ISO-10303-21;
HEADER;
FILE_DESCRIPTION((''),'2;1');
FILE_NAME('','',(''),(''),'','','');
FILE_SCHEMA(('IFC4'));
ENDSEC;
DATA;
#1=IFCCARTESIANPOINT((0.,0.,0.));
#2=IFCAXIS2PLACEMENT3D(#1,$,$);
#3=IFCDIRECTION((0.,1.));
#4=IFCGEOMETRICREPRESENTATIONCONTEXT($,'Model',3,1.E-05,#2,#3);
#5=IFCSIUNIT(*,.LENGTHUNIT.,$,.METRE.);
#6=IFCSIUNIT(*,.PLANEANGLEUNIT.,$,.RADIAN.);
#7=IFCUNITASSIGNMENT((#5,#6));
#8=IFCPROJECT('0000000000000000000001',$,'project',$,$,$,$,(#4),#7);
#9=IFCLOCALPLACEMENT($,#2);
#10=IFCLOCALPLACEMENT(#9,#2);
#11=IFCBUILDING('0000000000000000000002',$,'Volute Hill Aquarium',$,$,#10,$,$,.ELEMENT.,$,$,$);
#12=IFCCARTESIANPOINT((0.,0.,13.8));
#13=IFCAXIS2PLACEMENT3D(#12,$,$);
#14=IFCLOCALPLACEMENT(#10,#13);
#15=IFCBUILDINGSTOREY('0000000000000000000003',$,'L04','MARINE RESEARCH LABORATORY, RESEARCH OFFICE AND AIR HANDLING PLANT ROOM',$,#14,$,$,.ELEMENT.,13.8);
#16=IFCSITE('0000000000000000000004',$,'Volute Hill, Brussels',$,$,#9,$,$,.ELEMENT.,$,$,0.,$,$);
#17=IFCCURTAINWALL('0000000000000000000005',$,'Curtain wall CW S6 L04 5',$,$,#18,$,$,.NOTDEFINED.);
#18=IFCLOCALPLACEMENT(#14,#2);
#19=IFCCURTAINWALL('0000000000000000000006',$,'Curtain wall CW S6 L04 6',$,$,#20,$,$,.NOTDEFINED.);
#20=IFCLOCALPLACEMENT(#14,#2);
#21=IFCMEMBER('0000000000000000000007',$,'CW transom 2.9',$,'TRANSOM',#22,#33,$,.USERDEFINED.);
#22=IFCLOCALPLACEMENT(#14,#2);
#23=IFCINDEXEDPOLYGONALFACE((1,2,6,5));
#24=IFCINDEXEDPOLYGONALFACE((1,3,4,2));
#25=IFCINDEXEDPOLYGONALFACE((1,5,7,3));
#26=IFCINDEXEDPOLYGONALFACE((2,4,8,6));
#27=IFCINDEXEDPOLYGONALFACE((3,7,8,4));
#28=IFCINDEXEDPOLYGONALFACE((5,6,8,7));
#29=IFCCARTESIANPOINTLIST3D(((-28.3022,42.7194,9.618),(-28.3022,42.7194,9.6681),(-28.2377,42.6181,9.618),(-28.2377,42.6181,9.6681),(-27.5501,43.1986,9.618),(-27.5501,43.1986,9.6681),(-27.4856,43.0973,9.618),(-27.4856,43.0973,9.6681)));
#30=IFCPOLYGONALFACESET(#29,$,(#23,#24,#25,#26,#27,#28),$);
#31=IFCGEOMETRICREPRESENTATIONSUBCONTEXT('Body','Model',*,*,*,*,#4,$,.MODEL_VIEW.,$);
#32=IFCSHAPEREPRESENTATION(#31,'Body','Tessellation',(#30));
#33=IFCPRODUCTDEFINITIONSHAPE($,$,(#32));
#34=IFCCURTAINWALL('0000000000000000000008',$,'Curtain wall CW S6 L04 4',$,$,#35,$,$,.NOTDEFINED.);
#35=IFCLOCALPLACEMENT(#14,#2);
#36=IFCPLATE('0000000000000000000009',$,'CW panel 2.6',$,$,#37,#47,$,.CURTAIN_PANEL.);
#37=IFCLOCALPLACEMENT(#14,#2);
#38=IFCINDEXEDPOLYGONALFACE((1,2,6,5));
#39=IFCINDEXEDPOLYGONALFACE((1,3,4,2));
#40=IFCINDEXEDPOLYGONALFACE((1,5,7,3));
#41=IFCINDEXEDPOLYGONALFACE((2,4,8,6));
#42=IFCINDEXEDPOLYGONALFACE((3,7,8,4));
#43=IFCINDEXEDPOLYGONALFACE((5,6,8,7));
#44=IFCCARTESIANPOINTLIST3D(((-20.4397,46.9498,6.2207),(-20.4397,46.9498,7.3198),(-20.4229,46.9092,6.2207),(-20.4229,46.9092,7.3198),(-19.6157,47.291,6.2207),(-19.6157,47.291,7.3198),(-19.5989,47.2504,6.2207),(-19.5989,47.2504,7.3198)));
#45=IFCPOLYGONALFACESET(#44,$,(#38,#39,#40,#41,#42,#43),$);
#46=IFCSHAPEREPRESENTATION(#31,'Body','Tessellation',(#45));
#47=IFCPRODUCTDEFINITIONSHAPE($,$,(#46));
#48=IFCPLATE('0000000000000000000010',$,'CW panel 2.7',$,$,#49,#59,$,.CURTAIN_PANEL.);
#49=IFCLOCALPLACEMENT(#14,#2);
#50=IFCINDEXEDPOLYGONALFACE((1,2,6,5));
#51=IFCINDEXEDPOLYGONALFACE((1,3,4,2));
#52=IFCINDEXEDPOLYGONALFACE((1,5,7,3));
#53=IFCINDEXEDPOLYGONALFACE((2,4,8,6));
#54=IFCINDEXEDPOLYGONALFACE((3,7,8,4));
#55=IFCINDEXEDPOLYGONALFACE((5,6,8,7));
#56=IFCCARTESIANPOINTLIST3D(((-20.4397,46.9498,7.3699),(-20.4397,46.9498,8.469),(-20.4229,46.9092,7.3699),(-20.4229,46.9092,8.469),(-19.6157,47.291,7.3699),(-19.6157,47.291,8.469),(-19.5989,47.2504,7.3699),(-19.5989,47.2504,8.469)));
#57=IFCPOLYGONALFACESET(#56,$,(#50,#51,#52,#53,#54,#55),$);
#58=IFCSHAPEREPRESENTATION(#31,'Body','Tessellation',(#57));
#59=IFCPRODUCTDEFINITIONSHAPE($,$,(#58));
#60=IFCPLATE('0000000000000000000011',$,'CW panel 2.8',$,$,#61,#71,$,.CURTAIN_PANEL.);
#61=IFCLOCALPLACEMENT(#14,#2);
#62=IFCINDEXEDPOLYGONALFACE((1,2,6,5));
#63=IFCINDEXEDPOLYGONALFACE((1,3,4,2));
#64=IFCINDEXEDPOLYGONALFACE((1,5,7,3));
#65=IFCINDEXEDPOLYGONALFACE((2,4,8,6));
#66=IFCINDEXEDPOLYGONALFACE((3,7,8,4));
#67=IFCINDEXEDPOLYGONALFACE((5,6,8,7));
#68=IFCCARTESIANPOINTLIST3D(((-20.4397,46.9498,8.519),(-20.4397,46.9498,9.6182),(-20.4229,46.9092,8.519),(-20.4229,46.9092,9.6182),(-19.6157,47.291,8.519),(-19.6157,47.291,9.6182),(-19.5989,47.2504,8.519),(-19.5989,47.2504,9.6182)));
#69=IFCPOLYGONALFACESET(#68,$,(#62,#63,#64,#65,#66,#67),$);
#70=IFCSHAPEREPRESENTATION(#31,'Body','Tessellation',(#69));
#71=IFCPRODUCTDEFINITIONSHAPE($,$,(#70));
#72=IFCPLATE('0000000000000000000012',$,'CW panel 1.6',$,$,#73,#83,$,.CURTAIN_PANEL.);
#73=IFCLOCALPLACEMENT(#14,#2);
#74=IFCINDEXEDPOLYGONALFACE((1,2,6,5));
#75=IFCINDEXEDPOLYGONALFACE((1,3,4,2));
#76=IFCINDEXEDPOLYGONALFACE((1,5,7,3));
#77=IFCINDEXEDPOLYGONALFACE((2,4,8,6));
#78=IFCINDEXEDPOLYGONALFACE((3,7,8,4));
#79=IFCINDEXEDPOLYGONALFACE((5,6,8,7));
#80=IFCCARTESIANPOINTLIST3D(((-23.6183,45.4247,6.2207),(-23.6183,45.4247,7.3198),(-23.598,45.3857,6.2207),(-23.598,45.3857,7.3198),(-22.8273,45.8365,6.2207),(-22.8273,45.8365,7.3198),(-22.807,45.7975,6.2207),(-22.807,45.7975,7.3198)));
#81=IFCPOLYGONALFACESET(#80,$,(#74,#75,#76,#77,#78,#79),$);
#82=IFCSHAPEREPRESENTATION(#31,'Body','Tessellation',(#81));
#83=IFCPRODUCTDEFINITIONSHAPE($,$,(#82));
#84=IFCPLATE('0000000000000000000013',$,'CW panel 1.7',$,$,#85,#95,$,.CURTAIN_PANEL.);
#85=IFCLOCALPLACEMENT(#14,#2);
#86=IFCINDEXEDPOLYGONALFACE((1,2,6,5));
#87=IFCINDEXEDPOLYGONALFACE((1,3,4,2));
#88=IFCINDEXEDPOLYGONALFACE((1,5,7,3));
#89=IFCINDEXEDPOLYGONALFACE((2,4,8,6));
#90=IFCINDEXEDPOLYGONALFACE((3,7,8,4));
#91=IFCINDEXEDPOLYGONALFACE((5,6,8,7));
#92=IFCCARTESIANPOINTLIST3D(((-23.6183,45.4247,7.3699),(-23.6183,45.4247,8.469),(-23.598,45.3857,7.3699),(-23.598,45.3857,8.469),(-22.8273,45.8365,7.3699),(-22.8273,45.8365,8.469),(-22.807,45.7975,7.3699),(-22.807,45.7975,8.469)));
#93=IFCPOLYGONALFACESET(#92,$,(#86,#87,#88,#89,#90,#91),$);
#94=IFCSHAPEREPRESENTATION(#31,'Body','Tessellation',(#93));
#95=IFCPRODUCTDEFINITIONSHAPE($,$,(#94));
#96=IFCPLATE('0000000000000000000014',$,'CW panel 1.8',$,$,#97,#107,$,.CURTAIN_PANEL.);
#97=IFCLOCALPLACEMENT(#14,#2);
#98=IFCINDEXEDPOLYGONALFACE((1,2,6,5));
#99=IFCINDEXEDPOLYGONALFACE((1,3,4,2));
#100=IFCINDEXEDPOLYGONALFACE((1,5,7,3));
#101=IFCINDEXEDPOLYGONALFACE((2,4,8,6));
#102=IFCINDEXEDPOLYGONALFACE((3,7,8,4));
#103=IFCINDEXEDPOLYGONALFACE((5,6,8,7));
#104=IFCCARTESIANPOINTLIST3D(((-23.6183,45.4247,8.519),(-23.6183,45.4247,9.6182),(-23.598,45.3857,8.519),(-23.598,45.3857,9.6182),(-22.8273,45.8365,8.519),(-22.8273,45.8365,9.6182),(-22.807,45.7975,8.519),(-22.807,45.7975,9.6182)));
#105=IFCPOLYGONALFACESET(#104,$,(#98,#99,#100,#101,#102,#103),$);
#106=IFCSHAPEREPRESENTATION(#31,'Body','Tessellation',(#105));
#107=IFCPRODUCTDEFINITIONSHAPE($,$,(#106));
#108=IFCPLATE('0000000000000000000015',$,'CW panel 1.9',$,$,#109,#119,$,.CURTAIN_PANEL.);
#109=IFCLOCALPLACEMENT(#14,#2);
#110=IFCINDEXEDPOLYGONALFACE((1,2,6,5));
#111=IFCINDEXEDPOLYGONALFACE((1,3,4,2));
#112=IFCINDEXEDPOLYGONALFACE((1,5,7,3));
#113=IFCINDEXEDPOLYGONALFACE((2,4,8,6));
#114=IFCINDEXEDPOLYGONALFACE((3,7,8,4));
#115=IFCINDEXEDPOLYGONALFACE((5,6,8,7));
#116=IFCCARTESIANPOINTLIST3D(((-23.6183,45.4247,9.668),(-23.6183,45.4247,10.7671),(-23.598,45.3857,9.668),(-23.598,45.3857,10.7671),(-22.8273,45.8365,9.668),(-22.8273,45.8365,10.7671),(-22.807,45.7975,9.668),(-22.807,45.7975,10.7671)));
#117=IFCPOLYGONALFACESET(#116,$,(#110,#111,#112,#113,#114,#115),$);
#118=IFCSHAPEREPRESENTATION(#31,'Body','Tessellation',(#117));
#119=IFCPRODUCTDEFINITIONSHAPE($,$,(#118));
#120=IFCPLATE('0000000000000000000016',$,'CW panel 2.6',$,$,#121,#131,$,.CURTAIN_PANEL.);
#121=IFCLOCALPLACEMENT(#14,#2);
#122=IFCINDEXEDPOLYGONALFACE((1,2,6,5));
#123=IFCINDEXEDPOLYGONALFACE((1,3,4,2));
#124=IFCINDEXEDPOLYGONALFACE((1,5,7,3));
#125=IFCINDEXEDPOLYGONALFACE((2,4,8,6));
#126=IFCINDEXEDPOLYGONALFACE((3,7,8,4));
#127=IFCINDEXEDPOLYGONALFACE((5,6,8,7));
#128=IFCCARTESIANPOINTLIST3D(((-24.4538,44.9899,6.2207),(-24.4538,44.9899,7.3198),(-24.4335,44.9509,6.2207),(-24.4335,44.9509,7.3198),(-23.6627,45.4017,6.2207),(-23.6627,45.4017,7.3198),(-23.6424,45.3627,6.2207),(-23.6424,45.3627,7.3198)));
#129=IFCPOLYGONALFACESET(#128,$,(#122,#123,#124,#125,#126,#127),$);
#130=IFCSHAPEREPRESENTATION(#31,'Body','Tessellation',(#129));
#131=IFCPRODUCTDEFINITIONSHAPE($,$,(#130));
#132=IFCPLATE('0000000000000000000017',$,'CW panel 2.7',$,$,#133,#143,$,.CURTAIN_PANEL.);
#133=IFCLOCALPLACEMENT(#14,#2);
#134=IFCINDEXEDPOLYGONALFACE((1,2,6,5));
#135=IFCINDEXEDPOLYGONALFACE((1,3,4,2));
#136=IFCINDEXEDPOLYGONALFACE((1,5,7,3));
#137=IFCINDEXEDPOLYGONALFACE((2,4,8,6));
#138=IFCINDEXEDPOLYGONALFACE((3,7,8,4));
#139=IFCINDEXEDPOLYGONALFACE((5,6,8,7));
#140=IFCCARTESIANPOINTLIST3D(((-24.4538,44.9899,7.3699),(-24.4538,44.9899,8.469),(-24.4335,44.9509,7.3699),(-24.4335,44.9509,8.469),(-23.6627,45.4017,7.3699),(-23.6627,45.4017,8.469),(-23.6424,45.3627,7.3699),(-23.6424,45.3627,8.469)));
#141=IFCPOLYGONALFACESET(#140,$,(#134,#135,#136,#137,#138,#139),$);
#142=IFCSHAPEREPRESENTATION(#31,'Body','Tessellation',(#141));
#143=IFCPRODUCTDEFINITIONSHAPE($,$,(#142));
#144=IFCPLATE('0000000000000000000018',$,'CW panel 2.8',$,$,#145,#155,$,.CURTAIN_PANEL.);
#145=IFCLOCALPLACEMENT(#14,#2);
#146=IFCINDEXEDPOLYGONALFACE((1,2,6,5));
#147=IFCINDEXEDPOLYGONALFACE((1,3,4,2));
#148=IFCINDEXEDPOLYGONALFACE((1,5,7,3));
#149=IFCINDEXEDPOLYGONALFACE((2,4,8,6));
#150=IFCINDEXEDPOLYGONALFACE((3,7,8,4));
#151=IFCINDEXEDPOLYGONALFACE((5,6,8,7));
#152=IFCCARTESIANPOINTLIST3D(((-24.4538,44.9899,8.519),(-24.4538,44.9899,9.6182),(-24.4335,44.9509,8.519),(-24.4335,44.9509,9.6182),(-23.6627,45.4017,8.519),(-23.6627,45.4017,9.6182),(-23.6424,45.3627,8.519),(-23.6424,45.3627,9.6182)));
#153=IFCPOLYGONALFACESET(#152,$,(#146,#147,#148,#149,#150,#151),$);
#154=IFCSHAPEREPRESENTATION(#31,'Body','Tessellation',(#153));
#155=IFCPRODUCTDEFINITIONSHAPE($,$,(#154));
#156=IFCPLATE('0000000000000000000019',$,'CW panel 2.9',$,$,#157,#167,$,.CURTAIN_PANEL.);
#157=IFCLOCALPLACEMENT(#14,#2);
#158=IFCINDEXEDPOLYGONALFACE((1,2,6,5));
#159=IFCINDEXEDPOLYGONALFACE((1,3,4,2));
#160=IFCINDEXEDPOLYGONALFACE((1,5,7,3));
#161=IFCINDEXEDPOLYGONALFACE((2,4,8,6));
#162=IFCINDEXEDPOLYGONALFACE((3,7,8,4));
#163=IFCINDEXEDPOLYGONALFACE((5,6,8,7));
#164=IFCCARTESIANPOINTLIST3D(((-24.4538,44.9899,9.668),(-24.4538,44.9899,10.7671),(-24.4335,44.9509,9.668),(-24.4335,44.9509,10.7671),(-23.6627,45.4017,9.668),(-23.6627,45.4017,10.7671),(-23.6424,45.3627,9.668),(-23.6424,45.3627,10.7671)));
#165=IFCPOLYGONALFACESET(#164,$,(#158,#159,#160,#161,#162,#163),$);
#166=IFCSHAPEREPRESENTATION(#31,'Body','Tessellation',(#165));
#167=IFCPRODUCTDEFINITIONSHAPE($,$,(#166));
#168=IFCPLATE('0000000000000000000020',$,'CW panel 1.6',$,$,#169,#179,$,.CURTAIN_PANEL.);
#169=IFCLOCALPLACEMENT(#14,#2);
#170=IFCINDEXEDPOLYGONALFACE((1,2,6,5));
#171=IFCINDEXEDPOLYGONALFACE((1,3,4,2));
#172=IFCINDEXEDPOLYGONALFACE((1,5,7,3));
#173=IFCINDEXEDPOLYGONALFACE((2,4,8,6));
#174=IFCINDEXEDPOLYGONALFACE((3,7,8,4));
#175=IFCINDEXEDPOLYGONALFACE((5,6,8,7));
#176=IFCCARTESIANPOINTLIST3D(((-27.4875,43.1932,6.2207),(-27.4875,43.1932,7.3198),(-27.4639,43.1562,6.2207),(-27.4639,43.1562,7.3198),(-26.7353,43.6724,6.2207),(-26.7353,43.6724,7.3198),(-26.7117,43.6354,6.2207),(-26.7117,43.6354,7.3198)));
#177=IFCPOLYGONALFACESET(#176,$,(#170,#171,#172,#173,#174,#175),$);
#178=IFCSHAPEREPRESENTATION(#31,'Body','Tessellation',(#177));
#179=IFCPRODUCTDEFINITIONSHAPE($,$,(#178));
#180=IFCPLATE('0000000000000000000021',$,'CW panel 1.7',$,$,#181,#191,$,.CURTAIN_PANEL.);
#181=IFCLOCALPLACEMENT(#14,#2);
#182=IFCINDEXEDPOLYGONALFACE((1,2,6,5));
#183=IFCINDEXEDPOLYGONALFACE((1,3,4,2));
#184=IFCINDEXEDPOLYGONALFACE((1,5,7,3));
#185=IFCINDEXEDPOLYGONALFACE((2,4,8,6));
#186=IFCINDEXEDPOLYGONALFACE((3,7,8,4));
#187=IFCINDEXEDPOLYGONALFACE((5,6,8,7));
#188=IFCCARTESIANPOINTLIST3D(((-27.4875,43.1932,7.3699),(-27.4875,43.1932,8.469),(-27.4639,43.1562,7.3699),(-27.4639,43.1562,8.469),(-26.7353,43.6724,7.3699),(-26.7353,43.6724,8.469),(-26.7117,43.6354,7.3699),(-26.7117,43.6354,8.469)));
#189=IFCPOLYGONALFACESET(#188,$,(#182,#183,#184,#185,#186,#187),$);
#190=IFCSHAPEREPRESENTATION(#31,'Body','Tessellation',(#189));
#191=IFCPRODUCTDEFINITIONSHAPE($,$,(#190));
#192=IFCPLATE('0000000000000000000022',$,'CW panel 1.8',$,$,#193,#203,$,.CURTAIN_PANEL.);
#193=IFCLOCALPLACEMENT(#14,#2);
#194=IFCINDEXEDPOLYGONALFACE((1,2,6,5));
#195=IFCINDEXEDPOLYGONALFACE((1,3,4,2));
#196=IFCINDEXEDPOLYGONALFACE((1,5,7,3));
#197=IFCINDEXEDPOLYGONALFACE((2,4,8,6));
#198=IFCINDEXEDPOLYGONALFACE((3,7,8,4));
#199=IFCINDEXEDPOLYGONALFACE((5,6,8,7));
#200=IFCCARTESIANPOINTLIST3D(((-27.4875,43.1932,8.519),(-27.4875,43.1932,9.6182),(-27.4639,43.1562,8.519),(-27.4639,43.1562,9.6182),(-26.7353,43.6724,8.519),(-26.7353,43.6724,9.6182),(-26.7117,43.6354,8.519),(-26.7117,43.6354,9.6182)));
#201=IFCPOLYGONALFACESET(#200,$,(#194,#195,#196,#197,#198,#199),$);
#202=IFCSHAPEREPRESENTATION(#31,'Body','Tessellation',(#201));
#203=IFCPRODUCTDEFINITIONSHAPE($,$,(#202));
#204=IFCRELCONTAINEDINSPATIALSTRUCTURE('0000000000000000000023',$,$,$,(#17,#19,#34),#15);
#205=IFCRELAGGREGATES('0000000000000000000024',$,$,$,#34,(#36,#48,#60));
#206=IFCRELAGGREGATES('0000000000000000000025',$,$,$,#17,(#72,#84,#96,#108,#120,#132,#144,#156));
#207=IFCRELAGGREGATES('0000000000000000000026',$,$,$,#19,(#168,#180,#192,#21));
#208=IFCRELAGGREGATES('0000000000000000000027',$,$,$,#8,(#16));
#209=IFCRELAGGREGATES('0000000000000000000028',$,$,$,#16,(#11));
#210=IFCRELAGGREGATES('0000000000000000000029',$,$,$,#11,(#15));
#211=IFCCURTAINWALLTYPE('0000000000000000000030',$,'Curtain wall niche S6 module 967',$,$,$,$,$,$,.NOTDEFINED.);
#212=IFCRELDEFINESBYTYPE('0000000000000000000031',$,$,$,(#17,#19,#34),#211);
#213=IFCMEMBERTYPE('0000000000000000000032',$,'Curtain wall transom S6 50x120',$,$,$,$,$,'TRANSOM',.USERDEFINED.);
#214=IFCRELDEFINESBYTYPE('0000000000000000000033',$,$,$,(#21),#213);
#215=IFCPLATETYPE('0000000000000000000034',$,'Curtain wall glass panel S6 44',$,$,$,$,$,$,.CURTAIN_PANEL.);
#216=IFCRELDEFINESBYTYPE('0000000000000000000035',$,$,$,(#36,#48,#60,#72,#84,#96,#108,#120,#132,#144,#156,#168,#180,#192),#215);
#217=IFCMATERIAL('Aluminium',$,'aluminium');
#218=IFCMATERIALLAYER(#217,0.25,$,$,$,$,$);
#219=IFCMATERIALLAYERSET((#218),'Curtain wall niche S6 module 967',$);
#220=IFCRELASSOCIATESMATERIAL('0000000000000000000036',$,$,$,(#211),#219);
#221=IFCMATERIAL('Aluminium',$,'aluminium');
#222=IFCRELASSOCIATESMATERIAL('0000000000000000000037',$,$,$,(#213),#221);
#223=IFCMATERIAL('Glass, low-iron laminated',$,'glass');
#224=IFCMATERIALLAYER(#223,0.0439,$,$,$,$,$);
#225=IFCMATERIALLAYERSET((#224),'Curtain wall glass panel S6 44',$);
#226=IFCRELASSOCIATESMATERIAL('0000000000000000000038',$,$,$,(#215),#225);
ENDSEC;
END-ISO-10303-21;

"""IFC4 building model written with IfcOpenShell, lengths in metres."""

from ifc_helpers import new_model, si_unit, direction, frame, origin, origin_2d, place, context, subcontext, project, spatial, rectangle, extrude, material, layer, layer_set, material_profile, profile_set, type_object, element, aggregate, save


model = new_model("IFC4")

# Units and contexts
model_context = context("Model", 3, precision=1e-05, world=origin(), true_north=direction((0.0, 1.0)))
body_context = subcontext(model_context, "Body", "Model", "MODEL_VIEW")
ifc_project = project(units=[si_unit("LENGTHUNIT", "METRE"), si_unit("PLANEANGLEUNIT", "RADIAN")], contexts=[model_context])

# Site, building, storey
site_placement = place(None, origin())
site = spatial("IfcSite", under=ifc_project, at=site_placement, Name="Volute Hill, Brussels", CompositionType="ELEMENT", RefElevation=0.0)
building_placement = place(site_placement, origin())
building = spatial("IfcBuilding", under=site, at=building_placement, Name="Volute Hill Aquarium", CompositionType="ELEMENT")
storey_placement = place(building_placement, frame((0.0, 0.0, 13.8)))
storey = spatial("IfcBuildingStorey", under=building, at=storey_placement, Name="L04", Description="MARINE RESEARCH LABORATORY, RESEARCH OFFICE AND AIR HANDLING PLANT ROOM", CompositionType="ELEMENT", Elevation=13.8)

# Curtain walls, member
ifc_material_1 = material(Name="Aluminium", Category="aluminium")
ifc_layer_1 = layer(ifc_material_1, 0.25)
ifc_layer_set_1 = layer_set([ifc_layer_1], Name="Curtain wall niche S6 module 967")
curtain_wall_type = type_object("IfcCurtainWallType", Name="Curtain wall niche S6 module 967", PredefinedType="NOTDEFINED", material=ifc_layer_set_1)
curtain_wall_1_placement = place(storey_placement, origin())
curtain_wall_1 = element("IfcCurtainWall", 1, at=curtain_wall_1_placement, inside=storey, type_object=curtain_wall_type, Name="Curtain wall CW S6 L04 5", PredefinedType="NOTDEFINED")
ifc_material_2 = material(Name="Aluminium", Category="aluminium")
ifc_material_profile = material_profile(ifc_material_2, rectangle(XDim=0.1201, YDim=0.05, at=origin_2d()), Name="Curtain wall transom S6 50x120")
ifc_profile_set = profile_set([ifc_material_profile], Name="Aluminium")
member_type = type_object("IfcMemberType", Name="Curtain wall transom S6 50x120", ElementType="TRANSOM", PredefinedType="USERDEFINED", material=ifc_profile_set)
curtain_wall_2_placement = place(storey_placement, origin())
curtain_wall_2 = element("IfcCurtainWall", 2, at=curtain_wall_2_placement, inside=storey, type_object=curtain_wall_type, Name="Curtain wall CW S6 L04 6", PredefinedType="NOTDEFINED")
member_1_placement = place(storey_placement, frame((-27.5178, 43.1479, 9.6431), z_axis=(-0.843368, -0.537336, 0.0), x_axis=(0.537336, -0.843368, 0.0)))
member_1 = element("IfcMember", 3, at=member_1_placement, type_object=member_type, Name="CW transom 2.9", ObjectType="TRANSOM", PredefinedType="USERDEFINED", context=body_context, shape_type="SweptSolid", body=[
    extrude(rectangle(XDim=0.1201, YDim=0.05, at=origin_2d()), origin(), (0.0, 0.0, 1.0), 0.8918),
])

# Curtain wall, plates
curtain_wall_3_placement = place(storey_placement, origin())
curtain_wall_3 = element("IfcCurtainWall", 4, at=curtain_wall_3_placement, inside=storey, type_object=curtain_wall_type, Name="Curtain wall CW S6 L04 4", PredefinedType="NOTDEFINED")
ifc_material_3 = material(Name="Glass, low-iron laminated", Category="glass")
ifc_layer_2 = layer(ifc_material_3, 0.0439)
ifc_layer_set_2 = layer_set([ifc_layer_2], Name="Curtain wall glass panel S6 44")
plate_type = type_object("IfcPlateType", Name="Curtain wall glass panel S6 44", PredefinedType="CURTAIN_PANEL", material=ifc_layer_set_2)
plate_1_placement = place(storey_placement, frame((-20.0193, 47.1001, 6.2207), z_axis=(0.0, 0.0, 1.0), x_axis=(-0.923881, -0.38268, 0.0)))
plate_1 = element("IfcPlate", 5, at=plate_1_placement, type_object=plate_type, Name="CW panel 2.6", PredefinedType="CURTAIN_PANEL", context=body_context, shape_type="SweptSolid", body=[
    extrude(rectangle(XDim=0.8918, YDim=0.0439, at=origin_2d()), origin(), (0.0, 0.0, 1.0), 1.0991),
])
plate_2_placement = place(storey_placement, frame((-20.0193, 47.1001, 7.3699), z_axis=(0.0, 0.0, 1.0), x_axis=(-0.923881, -0.38268, 0.0)))
plate_2 = element("IfcPlate", 6, at=plate_2_placement, type_object=plate_type, Name="CW panel 2.7", PredefinedType="CURTAIN_PANEL", context=body_context, shape_type="SweptSolid", body=[
    extrude(rectangle(XDim=0.8918, YDim=0.0439, at=origin_2d()), origin(), (0.0, 0.0, 1.0), 1.0991),
])
plate_3_placement = place(storey_placement, frame((-20.0193, 47.1001, 8.519), z_axis=(0.0, 0.0, 1.0), x_axis=(-0.923881, -0.38268, 0.0)))
plate_3 = element("IfcPlate", 7, at=plate_3_placement, type_object=plate_type, Name="CW panel 2.8", PredefinedType="CURTAIN_PANEL", context=body_context, shape_type="SweptSolid", body=[
    extrude(rectangle(XDim=0.8918, YDim=0.0439, at=origin_2d()), origin(), (0.0, 0.0, 1.0), 1.0991),
])
aggregate(curtain_wall_3, [plate_1, plate_2, plate_3])

# Plates
plate_4_placement = place(storey_placement, frame((-23.2126, 45.6111, 6.2207), z_axis=(0.0, 0.0, 1.0), x_axis=(-0.887005, -0.46176, 0.0)))
plate_4 = element("IfcPlate", 8, at=plate_4_placement, type_object=plate_type, Name="CW panel 1.6", PredefinedType="CURTAIN_PANEL", context=body_context, shape_type="SweptSolid", body=[
    extrude(rectangle(XDim=0.8918, YDim=0.0439, at=origin_2d()), origin(), (0.0, 0.0, 1.0), 1.0991),
])
plate_5_placement = place(storey_placement, frame((-23.2126, 45.6111, 7.3699), z_axis=(0.0, 0.0, 1.0), x_axis=(-0.887005, -0.46176, 0.0)))
plate_5 = element("IfcPlate", 9, at=plate_5_placement, type_object=plate_type, Name="CW panel 1.7", PredefinedType="CURTAIN_PANEL", context=body_context, shape_type="SweptSolid", body=[
    extrude(rectangle(XDim=0.8918, YDim=0.0439, at=origin_2d()), origin(), (0.0, 0.0, 1.0), 1.0991),
])
plate_6_placement = place(storey_placement, frame((-23.2126, 45.6111, 8.519), z_axis=(0.0, 0.0, 1.0), x_axis=(-0.887005, -0.46176, 0.0)))
plate_6 = element("IfcPlate", 10, at=plate_6_placement, type_object=plate_type, Name="CW panel 1.8", PredefinedType="CURTAIN_PANEL", context=body_context, shape_type="SweptSolid", body=[
    extrude(rectangle(XDim=0.8918, YDim=0.0439, at=origin_2d()), origin(), (0.0, 0.0, 1.0), 1.0991),
])
plate_7_placement = place(storey_placement, frame((-23.2126, 45.6111, 9.668), z_axis=(0.0, 0.0, 1.0), x_axis=(-0.887005, -0.46176, 0.0)))
plate_7 = element("IfcPlate", 11, at=plate_7_placement, type_object=plate_type, Name="CW panel 1.9", PredefinedType="CURTAIN_PANEL", context=body_context, shape_type="SweptSolid", body=[
    extrude(rectangle(XDim=0.8918, YDim=0.0439, at=origin_2d()), origin(), (0.0, 0.0, 1.0), 1.0991),
])
plate_8_placement = place(storey_placement, frame((-24.0481, 45.1763, 6.2207), z_axis=(0.0, 0.0, 1.0), x_axis=(-0.887005, -0.46176, 0.0)))
plate_8 = element("IfcPlate", 12, at=plate_8_placement, type_object=plate_type, Name="CW panel 2.6", PredefinedType="CURTAIN_PANEL", context=body_context, shape_type="SweptSolid", body=[
    extrude(rectangle(XDim=0.8918, YDim=0.0439, at=origin_2d()), origin(), (0.0, 0.0, 1.0), 1.0991),
])
plate_9_placement = place(storey_placement, frame((-24.0481, 45.1763, 7.3699), z_axis=(0.0, 0.0, 1.0), x_axis=(-0.887005, -0.46176, 0.0)))
plate_9 = element("IfcPlate", 13, at=plate_9_placement, type_object=plate_type, Name="CW panel 2.7", PredefinedType="CURTAIN_PANEL", context=body_context, shape_type="SweptSolid", body=[
    extrude(rectangle(XDim=0.8918, YDim=0.0439, at=origin_2d()), origin(), (0.0, 0.0, 1.0), 1.0991),
])
plate_10_placement = place(storey_placement, frame((-24.0481, 45.1763, 8.519), z_axis=(0.0, 0.0, 1.0), x_axis=(-0.887005, -0.46176, 0.0)))
plate_10 = element("IfcPlate", 14, at=plate_10_placement, type_object=plate_type, Name="CW panel 2.8", PredefinedType="CURTAIN_PANEL", context=body_context, shape_type="SweptSolid", body=[
    extrude(rectangle(XDim=0.8918, YDim=0.0439, at=origin_2d()), origin(), (0.0, 0.0, 1.0), 1.0991),
])
plate_11_placement = place(storey_placement, frame((-24.0481, 45.1763, 9.668), z_axis=(0.0, 0.0, 1.0), x_axis=(-0.887005, -0.46176, 0.0)))
plate_11 = element("IfcPlate", 15, at=plate_11_placement, type_object=plate_type, Name="CW panel 2.9", PredefinedType="CURTAIN_PANEL", context=body_context, shape_type="SweptSolid", body=[
    extrude(rectangle(XDim=0.8918, YDim=0.0439, at=origin_2d()), origin(), (0.0, 0.0, 1.0), 1.0991),
])
aggregate(curtain_wall_1, [plate_4, plate_5, plate_6, plate_7, plate_8, plate_9, plate_10, plate_11])
plate_12_placement = place(storey_placement, frame((-27.0996, 43.4143, 6.2207), z_axis=(0.0, 0.0, 1.0), x_axis=(-0.843395, -0.537295, 0.0)))
plate_12 = element("IfcPlate", 16, at=plate_12_placement, type_object=plate_type, Name="CW panel 1.6", PredefinedType="CURTAIN_PANEL", context=body_context, shape_type="SweptSolid", body=[
    extrude(rectangle(XDim=0.8918, YDim=0.0439, at=origin_2d()), origin(), (0.0, 0.0, 1.0), 1.0991),
])
plate_13_placement = place(storey_placement, frame((-27.0996, 43.4143, 7.3699), z_axis=(0.0, 0.0, 1.0), x_axis=(-0.843395, -0.537295, 0.0)))
plate_13 = element("IfcPlate", 17, at=plate_13_placement, type_object=plate_type, Name="CW panel 1.7", PredefinedType="CURTAIN_PANEL", context=body_context, shape_type="SweptSolid", body=[
    extrude(rectangle(XDim=0.8918, YDim=0.0439, at=origin_2d()), origin(), (0.0, 0.0, 1.0), 1.0991),
])
plate_14_placement = place(storey_placement, frame((-27.0996, 43.4143, 8.519), z_axis=(0.0, 0.0, 1.0), x_axis=(-0.843395, -0.537295, 0.0)))
plate_14 = element("IfcPlate", 18, at=plate_14_placement, type_object=plate_type, Name="CW panel 1.8", PredefinedType="CURTAIN_PANEL", context=body_context, shape_type="SweptSolid", body=[
    extrude(rectangle(XDim=0.8918, YDim=0.0439, at=origin_2d()), origin(), (0.0, 0.0, 1.0), 1.0991),
])
aggregate(curtain_wall_2, [plate_12, plate_13, plate_14, member_1])

save(model, "model.ifc")
